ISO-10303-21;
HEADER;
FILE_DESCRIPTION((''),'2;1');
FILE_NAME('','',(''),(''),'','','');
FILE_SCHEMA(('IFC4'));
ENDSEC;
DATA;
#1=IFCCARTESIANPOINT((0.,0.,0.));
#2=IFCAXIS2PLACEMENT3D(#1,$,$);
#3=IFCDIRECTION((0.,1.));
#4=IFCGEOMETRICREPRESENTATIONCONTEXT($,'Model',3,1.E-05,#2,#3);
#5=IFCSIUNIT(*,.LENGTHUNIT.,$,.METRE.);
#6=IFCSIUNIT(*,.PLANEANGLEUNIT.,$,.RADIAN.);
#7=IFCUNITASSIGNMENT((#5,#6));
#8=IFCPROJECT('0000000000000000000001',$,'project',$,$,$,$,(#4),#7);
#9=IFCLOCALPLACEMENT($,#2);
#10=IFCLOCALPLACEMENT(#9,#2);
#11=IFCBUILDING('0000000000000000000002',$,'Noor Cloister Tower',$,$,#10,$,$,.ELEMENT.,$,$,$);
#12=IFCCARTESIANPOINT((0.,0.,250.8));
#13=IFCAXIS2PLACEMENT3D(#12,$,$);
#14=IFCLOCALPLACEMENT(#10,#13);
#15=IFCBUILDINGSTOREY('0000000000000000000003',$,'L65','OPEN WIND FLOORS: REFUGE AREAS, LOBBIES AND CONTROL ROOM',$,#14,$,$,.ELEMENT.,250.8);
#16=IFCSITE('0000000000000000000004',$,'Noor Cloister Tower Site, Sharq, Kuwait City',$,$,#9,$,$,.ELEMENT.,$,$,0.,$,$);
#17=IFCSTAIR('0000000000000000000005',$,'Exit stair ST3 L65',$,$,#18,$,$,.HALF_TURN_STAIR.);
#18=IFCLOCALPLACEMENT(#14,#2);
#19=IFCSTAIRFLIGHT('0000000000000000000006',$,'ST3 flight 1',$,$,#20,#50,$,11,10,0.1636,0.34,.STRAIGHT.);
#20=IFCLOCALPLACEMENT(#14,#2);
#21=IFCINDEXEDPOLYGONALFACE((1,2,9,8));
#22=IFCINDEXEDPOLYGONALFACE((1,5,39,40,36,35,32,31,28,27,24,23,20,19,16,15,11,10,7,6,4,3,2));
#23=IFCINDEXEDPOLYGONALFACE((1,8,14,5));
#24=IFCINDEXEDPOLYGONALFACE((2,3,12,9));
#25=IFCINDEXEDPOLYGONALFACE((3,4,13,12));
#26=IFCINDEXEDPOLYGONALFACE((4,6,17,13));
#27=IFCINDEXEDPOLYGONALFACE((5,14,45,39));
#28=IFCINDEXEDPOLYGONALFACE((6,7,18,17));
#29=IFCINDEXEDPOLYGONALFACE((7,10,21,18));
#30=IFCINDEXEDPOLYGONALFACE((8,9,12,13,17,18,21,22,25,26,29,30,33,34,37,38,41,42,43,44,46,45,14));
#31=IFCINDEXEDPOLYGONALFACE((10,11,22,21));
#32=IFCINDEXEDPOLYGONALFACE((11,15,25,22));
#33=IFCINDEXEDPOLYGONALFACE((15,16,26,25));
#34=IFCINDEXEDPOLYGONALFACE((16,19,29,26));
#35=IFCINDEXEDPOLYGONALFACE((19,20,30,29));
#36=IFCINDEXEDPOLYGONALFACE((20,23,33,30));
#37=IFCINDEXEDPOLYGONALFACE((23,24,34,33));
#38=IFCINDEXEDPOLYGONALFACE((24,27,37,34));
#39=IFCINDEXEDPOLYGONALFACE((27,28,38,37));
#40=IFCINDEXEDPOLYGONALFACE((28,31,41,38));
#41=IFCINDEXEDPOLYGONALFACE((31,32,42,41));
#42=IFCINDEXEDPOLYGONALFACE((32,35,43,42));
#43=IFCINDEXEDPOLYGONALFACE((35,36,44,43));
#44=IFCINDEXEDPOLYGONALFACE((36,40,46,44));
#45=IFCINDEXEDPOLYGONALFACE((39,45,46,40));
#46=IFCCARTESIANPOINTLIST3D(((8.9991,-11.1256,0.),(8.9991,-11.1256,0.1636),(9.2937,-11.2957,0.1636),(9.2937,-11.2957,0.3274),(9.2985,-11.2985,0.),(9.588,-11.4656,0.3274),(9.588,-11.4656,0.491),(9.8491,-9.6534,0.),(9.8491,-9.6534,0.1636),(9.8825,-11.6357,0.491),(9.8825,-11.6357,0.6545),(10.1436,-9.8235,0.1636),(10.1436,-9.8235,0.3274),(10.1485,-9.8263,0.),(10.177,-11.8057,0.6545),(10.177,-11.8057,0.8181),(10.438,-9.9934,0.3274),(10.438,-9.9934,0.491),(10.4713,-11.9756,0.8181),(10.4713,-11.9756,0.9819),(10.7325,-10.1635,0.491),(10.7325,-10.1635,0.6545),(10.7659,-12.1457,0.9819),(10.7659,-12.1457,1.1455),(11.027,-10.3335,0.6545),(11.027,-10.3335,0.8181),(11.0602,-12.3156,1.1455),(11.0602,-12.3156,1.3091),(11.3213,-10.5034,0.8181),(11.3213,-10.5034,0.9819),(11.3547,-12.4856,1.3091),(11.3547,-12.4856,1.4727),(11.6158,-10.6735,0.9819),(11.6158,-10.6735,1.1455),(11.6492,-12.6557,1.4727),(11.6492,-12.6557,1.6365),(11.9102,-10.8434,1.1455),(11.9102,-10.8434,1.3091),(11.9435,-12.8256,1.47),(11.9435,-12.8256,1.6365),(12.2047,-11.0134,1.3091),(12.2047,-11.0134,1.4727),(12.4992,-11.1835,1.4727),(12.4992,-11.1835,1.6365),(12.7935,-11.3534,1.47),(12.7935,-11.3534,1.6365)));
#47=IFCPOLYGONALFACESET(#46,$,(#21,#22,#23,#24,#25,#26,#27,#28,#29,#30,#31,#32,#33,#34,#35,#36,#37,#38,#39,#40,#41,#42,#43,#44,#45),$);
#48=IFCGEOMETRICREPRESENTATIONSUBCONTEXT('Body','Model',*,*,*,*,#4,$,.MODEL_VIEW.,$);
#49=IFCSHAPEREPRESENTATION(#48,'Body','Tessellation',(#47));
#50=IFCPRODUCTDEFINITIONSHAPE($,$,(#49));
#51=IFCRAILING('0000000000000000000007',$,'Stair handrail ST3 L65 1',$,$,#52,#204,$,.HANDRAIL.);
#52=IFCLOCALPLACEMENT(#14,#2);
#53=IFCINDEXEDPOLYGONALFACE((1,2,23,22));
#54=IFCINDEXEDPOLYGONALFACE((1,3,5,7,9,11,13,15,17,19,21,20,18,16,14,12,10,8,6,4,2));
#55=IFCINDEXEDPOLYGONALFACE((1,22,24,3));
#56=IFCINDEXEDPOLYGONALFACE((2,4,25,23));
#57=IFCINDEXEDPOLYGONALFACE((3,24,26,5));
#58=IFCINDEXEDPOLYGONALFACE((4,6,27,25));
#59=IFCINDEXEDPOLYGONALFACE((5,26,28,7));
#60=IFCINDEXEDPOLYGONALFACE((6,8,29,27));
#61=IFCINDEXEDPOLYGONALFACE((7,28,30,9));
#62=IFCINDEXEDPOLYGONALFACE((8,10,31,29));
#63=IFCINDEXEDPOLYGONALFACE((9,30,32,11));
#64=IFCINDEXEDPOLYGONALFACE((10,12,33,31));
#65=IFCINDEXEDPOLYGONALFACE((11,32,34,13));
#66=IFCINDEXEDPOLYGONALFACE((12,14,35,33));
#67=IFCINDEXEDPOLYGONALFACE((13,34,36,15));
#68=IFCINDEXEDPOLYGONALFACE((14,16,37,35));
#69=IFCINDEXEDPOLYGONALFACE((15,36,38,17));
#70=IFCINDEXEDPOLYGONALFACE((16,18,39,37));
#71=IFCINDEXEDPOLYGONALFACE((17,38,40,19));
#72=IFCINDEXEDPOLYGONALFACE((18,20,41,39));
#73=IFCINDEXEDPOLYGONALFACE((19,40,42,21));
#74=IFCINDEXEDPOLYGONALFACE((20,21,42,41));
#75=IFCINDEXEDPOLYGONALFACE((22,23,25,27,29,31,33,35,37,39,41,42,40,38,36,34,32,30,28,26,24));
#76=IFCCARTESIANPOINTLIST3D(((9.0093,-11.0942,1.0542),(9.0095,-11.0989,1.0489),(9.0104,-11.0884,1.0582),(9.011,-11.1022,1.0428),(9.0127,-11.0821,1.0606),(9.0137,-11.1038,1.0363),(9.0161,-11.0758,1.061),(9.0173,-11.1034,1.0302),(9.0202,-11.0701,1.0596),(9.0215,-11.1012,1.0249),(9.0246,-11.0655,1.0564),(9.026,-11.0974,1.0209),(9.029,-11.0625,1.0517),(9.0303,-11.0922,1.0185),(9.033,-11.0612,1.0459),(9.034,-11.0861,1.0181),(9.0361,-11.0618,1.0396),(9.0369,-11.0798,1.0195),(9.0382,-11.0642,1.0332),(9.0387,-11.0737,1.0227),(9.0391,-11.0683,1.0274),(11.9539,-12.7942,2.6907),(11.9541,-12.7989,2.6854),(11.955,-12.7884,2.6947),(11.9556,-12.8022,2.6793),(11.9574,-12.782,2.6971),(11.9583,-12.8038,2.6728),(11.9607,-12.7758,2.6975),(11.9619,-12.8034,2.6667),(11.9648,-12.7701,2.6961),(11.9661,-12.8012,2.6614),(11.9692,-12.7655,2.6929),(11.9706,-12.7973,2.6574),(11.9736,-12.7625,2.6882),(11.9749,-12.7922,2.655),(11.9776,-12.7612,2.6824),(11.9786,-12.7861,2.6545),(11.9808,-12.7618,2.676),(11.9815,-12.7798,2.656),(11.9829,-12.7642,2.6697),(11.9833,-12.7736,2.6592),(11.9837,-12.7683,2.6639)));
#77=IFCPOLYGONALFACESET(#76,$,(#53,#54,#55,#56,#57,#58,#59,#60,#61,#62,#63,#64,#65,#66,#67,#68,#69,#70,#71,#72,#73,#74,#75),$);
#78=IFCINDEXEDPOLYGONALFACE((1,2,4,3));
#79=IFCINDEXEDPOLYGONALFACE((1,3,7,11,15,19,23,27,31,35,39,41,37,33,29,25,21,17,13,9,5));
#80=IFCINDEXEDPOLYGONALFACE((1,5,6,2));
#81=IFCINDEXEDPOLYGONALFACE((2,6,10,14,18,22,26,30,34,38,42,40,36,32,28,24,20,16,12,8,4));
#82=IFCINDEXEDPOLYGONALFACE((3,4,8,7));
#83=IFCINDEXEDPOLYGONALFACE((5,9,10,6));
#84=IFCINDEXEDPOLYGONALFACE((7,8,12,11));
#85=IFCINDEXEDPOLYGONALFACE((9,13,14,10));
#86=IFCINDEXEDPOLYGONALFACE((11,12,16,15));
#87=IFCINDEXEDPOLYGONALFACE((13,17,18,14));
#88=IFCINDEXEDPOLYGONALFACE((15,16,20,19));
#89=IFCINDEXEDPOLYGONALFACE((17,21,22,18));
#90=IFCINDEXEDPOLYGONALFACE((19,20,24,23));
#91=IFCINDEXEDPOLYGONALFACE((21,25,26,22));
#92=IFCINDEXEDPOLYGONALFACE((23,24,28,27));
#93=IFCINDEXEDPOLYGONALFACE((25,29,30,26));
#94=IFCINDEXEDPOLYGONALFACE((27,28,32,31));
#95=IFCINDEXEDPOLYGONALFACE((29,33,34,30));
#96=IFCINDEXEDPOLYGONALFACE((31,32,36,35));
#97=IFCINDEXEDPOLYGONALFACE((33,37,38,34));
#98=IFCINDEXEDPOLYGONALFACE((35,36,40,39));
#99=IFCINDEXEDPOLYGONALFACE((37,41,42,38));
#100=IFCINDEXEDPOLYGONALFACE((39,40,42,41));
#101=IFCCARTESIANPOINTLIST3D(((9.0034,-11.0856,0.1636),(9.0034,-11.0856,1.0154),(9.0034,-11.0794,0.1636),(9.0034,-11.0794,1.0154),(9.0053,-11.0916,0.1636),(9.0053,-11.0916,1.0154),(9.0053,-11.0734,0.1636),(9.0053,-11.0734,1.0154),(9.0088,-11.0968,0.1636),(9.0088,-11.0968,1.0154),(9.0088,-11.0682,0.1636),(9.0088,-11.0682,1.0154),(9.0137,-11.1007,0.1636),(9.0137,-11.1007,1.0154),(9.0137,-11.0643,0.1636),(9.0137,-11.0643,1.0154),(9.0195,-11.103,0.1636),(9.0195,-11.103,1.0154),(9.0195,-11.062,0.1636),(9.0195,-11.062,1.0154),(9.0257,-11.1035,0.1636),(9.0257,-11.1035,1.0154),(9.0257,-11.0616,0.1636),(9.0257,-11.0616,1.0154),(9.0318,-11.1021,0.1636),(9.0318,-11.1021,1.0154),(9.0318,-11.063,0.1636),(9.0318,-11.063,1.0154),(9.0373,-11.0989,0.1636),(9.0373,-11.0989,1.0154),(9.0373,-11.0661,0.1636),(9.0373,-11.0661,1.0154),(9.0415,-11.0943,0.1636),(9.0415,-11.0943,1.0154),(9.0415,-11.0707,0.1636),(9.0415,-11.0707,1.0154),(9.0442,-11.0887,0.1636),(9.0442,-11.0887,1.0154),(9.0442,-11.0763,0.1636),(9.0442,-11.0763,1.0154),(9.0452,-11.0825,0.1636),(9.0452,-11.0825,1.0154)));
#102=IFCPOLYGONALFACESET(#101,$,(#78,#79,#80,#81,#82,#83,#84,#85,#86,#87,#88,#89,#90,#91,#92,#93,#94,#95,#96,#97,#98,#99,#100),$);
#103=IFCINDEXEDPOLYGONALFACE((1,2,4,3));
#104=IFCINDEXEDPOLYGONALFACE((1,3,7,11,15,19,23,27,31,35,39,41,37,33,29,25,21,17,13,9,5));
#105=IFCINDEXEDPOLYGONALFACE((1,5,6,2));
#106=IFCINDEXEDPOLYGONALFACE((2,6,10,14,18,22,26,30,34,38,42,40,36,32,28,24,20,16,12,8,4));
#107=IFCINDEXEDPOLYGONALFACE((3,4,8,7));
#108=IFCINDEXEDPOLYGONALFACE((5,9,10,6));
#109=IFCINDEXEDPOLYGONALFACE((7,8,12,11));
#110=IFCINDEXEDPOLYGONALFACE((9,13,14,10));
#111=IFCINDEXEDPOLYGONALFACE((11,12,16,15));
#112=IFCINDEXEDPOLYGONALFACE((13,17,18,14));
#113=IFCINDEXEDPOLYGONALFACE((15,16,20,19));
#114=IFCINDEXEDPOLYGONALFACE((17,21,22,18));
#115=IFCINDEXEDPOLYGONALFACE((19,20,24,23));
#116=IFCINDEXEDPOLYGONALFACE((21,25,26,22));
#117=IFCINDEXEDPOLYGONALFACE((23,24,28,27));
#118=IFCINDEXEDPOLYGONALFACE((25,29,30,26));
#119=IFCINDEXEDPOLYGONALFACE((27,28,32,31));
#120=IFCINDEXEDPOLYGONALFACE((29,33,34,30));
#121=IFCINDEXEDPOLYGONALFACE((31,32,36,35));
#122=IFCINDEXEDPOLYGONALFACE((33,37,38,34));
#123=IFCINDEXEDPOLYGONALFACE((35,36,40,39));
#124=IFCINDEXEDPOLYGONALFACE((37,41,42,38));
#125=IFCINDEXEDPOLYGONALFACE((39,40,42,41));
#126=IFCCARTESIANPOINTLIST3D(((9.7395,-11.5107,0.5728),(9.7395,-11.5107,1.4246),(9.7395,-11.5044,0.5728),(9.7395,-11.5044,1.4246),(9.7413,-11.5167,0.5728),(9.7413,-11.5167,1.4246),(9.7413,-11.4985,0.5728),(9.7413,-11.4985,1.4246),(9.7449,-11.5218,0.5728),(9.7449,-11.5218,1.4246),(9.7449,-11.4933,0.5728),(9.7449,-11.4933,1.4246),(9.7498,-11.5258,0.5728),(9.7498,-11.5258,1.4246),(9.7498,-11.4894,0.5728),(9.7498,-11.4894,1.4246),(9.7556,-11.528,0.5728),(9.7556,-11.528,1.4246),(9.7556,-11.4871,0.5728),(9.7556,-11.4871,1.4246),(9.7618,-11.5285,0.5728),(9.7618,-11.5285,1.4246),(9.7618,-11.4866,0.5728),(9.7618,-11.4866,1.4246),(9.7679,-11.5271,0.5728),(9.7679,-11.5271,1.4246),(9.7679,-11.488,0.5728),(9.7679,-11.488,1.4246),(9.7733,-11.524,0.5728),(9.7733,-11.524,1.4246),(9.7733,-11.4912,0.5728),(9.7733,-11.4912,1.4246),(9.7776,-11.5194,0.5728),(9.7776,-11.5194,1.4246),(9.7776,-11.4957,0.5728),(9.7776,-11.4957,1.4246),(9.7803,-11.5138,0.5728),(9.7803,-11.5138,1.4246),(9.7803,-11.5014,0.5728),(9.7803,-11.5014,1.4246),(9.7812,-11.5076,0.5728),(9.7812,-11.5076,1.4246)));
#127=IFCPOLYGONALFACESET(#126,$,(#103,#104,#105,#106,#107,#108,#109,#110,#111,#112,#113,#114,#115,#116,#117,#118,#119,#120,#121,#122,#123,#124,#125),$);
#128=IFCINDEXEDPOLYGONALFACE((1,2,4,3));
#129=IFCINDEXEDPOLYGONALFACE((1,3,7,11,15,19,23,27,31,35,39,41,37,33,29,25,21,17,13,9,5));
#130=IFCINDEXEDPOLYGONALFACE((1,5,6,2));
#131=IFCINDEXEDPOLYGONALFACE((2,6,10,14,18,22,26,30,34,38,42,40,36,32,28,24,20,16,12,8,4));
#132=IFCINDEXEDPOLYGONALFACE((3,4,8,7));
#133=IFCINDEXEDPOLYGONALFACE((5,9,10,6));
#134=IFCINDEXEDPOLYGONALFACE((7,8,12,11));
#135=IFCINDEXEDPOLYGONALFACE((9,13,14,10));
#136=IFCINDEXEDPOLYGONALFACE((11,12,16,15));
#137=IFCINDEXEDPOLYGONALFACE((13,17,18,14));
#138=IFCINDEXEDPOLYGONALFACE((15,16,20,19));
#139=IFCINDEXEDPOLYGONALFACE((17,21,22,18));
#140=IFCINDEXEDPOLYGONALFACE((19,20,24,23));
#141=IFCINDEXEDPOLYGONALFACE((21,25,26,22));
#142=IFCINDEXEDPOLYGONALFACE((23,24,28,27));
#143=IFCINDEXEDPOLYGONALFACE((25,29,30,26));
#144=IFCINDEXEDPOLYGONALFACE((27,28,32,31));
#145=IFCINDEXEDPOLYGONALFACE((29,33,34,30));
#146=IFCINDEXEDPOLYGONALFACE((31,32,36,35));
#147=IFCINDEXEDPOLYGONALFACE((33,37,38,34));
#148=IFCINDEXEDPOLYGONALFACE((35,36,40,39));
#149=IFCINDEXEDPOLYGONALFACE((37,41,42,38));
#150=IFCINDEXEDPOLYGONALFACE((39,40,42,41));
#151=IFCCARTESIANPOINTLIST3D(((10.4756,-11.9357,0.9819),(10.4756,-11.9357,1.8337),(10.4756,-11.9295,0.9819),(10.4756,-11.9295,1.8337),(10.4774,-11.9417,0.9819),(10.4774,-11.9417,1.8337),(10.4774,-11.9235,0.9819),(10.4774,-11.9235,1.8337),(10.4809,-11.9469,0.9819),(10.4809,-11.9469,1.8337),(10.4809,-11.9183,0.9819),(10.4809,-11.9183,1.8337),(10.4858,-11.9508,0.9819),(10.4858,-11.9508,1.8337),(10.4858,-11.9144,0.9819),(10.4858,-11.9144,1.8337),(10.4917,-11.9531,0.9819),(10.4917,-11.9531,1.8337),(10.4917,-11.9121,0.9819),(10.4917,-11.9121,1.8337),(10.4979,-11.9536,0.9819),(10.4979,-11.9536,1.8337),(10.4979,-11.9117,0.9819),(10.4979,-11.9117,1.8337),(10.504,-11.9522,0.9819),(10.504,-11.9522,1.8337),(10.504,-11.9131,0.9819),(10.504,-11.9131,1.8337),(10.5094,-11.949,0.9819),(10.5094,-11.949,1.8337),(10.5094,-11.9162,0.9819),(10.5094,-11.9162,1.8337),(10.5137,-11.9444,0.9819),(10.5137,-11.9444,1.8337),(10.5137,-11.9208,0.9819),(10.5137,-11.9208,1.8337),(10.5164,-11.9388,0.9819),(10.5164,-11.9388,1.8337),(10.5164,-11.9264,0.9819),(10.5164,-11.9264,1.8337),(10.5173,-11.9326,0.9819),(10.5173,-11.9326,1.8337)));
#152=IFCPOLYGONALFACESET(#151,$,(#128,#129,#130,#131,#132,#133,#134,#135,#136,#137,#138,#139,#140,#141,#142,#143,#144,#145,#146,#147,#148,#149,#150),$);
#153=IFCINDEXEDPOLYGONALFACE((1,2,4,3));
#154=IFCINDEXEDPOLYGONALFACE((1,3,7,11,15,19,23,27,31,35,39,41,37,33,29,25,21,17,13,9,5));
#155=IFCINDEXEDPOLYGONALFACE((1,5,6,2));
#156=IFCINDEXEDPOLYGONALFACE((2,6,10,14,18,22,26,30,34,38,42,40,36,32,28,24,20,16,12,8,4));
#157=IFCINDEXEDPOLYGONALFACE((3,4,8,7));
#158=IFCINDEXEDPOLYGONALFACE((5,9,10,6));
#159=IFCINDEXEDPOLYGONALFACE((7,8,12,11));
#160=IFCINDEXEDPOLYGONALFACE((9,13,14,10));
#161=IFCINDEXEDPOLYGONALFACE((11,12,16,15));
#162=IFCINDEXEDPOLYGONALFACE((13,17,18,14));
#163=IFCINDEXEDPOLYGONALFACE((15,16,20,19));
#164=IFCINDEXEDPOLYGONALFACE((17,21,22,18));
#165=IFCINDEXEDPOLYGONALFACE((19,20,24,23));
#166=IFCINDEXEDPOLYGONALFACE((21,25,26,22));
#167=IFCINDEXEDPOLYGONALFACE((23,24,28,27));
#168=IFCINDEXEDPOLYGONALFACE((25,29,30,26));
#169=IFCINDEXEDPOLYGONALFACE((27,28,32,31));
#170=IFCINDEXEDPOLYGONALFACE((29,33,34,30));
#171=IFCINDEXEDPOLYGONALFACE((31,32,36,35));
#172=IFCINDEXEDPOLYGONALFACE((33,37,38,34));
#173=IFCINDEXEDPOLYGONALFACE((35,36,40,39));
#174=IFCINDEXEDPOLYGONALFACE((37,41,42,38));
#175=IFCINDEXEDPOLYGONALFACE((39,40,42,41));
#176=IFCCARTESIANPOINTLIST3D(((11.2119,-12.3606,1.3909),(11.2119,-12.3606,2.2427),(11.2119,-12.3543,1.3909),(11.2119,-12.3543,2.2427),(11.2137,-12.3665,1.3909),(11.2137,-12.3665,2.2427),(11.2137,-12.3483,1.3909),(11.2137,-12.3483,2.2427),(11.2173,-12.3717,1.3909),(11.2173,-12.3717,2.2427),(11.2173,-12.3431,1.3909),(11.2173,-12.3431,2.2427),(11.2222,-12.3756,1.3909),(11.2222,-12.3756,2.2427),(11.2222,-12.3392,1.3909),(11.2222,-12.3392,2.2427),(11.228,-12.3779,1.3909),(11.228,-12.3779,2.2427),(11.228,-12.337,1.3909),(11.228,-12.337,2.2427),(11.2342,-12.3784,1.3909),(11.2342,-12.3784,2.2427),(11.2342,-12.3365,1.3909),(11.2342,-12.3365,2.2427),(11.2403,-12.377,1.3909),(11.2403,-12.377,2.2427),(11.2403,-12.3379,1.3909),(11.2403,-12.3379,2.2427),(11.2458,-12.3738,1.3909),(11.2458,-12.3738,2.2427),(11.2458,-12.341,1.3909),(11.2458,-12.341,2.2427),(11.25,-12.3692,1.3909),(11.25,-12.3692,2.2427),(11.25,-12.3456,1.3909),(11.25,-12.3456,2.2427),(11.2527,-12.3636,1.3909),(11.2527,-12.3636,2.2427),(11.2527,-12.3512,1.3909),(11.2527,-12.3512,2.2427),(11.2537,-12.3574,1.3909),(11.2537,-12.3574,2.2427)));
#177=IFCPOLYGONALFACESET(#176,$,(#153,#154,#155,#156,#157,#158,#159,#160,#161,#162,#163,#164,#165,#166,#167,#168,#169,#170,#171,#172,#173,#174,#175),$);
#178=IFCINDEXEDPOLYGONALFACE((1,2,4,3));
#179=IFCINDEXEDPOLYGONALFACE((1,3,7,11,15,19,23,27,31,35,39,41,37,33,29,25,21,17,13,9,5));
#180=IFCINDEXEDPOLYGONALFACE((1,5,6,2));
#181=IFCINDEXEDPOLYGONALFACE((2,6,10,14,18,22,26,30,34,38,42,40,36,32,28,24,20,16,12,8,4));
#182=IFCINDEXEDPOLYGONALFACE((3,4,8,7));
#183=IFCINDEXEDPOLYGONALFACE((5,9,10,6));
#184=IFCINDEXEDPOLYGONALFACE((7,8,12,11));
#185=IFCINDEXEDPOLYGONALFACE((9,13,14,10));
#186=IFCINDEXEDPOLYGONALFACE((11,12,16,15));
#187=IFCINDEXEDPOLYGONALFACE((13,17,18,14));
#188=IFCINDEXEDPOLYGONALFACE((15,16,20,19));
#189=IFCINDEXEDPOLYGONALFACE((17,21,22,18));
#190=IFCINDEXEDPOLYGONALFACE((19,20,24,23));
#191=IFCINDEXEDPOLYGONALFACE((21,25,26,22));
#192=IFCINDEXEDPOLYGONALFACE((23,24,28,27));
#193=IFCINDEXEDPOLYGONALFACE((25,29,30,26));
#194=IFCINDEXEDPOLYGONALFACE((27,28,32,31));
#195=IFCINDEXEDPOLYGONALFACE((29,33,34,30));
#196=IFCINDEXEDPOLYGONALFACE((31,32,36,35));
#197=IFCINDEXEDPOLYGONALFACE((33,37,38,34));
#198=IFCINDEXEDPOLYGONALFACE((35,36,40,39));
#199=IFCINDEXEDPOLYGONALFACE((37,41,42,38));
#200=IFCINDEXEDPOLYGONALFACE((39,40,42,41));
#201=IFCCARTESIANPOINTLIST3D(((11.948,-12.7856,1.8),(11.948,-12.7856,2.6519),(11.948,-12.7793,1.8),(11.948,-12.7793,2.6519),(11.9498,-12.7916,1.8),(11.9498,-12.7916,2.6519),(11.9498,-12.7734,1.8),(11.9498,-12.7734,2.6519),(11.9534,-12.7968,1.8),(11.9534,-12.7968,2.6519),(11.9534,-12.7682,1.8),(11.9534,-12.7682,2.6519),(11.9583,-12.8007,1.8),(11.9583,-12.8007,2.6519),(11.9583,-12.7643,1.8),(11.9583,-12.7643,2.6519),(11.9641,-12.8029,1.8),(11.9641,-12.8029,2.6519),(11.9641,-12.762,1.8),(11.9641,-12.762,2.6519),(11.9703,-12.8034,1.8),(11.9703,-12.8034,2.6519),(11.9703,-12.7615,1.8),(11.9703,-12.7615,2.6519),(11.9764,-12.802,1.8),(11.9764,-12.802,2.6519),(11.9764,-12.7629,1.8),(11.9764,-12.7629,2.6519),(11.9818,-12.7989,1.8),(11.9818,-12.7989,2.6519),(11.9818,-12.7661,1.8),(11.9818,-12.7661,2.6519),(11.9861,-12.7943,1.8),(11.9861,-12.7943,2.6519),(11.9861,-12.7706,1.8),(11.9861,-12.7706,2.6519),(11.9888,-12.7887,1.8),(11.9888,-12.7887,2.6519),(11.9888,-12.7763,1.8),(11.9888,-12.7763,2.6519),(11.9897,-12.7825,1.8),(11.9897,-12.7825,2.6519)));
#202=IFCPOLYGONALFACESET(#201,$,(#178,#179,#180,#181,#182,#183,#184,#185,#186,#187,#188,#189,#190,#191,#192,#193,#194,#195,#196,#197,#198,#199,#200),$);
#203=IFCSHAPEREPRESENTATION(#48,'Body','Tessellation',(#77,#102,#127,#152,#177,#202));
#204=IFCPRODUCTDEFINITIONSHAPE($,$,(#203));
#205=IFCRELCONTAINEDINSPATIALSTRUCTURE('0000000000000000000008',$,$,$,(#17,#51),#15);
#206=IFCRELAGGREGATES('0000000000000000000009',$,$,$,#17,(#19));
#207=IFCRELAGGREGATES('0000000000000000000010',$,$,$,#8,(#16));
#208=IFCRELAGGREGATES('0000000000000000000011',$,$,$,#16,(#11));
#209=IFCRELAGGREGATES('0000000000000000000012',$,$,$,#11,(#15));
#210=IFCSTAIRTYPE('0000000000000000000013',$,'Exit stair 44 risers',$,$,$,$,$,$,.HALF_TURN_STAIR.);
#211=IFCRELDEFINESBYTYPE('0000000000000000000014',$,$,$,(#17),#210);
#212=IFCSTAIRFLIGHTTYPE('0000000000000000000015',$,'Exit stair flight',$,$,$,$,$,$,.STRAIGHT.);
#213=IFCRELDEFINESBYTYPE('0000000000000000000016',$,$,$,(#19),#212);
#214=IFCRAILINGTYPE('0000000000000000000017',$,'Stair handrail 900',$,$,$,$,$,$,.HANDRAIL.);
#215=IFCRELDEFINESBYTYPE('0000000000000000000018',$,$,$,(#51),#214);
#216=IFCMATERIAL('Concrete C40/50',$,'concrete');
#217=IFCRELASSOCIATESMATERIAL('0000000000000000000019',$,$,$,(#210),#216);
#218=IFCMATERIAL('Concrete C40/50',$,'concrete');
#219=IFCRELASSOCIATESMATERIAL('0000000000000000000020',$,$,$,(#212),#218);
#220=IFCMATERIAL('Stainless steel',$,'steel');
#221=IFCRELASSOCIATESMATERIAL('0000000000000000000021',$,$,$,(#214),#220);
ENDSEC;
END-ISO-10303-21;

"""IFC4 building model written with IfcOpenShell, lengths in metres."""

from ifc_helpers import new_model, si_unit, direction, frame, origin, origin_2d, place, context, subcontext, project, spatial, polyline, circle, outline, extrude, material, type_object, element, aggregate, save


model = new_model("IFC4")

# Units and contexts
model_context = context("Model", 3, precision=1e-05, world=origin(), true_north=direction((0.0, 1.0)))
body_context = subcontext(model_context, "Body", "Model", "MODEL_VIEW")
ifc_project = project(units=[si_unit("LENGTHUNIT", "METRE"), si_unit("PLANEANGLEUNIT", "RADIAN")], contexts=[model_context])

# Site, building, storey
site_placement = place(None, origin())
site = spatial("IfcSite", under=ifc_project, at=site_placement, Name="Noor Cloister Tower Site, Sharq, Kuwait City", CompositionType="ELEMENT", RefElevation=0.0)
building_placement = place(site_placement, origin())
building = spatial("IfcBuilding", under=site, at=building_placement, Name="Noor Cloister Tower", CompositionType="ELEMENT")
storey_placement = place(building_placement, frame((0.0, 0.0, 250.8)))
storey = spatial("IfcBuildingStorey", under=building, at=storey_placement, Name="L65", Description="OPEN WIND FLOORS: REFUGE AREAS, LOBBIES AND CONTROL ROOM", CompositionType="ELEMENT", Elevation=250.8)

# Stair, stair flight
ifc_material_1 = material(Name="Concrete C40/50", Category="concrete")
stair_type = type_object("IfcStairType", Name="Exit stair 44 risers", PredefinedType="HALF_TURN_STAIR", material=ifc_material_1)
stair_placement = place(storey_placement, origin())
stair = element("IfcStair", 1, at=stair_placement, inside=storey, type_object=stair_type, Name="Exit stair ST3 L65", PredefinedType="HALF_TURN_STAIR")
ifc_material_2 = material(Name="Concrete C40/50", Category="concrete")
stair_flight_type = type_object("IfcStairFlightType", Name="Exit stair flight", PredefinedType="STRAIGHT", material=ifc_material_2)
stair_flight_placement = place(storey_placement, frame((9.4241, -10.3896, 0.0), z_axis=(0.0, 0.0, 1.0), x_axis=(0.866025, -0.5, 0.0)))
stair_flight = element("IfcStairFlight", 2, at=stair_flight_placement, type_object=stair_flight_type, Name="ST3 flight 1", NumberOfRisers=11, NumberOfTreads=10, PredefinedType="STRAIGHT", RiserHeight=0.1636, TreadLength=0.34, context=body_context, shape_type="SweptSolid", body=[
    extrude(outline(polyline([(0.0, 0.0), (0.0, 0.1636), (0.3401, 0.1636), (0.3401, 0.3274), (0.6799, 0.3274), (0.6799, 0.491), (1.02, 0.491), (1.02, 0.6545), (1.3601, 0.6545), (1.3601, 0.8181), (1.7, 0.8181), (1.7, 0.9819), (2.04, 0.9819), (2.04, 1.1455), (2.3799, 1.1455), (2.3799, 1.3091), (2.72, 1.3091), (2.72, 1.4727), (3.0601, 1.4727), (3.0601, 1.6365), (3.3999, 1.6365), (3.3999, 1.8), (3.3999, 1.47), (0.3457, 0.0), (0.0, 0.0)])), frame((0.0, 0.8501, 0.0), z_axis=(0.0, -1.0, 0.0), x_axis=(1.0, 0.0, 0.0)), (0.0, 0.0, 1.0), 1.7),
])
aggregate(stair, [stair_flight])

# Railing
ifc_material_3 = material(Name="Stainless steel", Category="steel")
railing_type_1 = type_object("IfcRailingType", Name="Stair handrail 900", PredefinedType="HANDRAIL", material=ifc_material_3)
railing_1_placement = place(storey_placement, frame((9.0242, -11.0825, 0.1636)))
element("IfcRailing", 3, at=railing_1_placement, inside=storey, type_object=railing_type_1, Name="Stair handrail ST3 L65 1", PredefinedType="HANDRAIL", context=body_context, shape_type="SweptSolid", body=[
    extrude(circle(Radius=0.0239, at=origin_2d()), frame((0.0, 0.0, 0.876), z_axis=(0.780355, -0.450511, 0.433689), x_axis=(0.499977, 0.866039, 0.0)), (0.0, 0.0, 1.0), 3.7734),
    extrude(circle(Radius=0.021, at=origin_2d()), origin(), (0.0, 0.0, 1.0), 0.8518),
    extrude(circle(Radius=0.021, at=origin_2d()), frame((0.7361, -0.425, 0.4092)), (0.0, 0.0, 1.0), 0.8518),
    extrude(circle(Radius=0.021, at=origin_2d()), frame((1.4722, -0.8501, 0.8184)), (0.0, 0.0, 1.0), 0.8518),
    extrude(circle(Radius=0.021, at=origin_2d()), frame((2.2085, -1.2749, 1.2273)), (0.0, 0.0, 1.0), 0.8518),
    extrude(circle(Radius=0.021, at=origin_2d()), frame((2.9446, -1.7, 1.6365)), (0.0, 0.0, 1.0), 0.8518),
])

save(model, "model.ifc")
